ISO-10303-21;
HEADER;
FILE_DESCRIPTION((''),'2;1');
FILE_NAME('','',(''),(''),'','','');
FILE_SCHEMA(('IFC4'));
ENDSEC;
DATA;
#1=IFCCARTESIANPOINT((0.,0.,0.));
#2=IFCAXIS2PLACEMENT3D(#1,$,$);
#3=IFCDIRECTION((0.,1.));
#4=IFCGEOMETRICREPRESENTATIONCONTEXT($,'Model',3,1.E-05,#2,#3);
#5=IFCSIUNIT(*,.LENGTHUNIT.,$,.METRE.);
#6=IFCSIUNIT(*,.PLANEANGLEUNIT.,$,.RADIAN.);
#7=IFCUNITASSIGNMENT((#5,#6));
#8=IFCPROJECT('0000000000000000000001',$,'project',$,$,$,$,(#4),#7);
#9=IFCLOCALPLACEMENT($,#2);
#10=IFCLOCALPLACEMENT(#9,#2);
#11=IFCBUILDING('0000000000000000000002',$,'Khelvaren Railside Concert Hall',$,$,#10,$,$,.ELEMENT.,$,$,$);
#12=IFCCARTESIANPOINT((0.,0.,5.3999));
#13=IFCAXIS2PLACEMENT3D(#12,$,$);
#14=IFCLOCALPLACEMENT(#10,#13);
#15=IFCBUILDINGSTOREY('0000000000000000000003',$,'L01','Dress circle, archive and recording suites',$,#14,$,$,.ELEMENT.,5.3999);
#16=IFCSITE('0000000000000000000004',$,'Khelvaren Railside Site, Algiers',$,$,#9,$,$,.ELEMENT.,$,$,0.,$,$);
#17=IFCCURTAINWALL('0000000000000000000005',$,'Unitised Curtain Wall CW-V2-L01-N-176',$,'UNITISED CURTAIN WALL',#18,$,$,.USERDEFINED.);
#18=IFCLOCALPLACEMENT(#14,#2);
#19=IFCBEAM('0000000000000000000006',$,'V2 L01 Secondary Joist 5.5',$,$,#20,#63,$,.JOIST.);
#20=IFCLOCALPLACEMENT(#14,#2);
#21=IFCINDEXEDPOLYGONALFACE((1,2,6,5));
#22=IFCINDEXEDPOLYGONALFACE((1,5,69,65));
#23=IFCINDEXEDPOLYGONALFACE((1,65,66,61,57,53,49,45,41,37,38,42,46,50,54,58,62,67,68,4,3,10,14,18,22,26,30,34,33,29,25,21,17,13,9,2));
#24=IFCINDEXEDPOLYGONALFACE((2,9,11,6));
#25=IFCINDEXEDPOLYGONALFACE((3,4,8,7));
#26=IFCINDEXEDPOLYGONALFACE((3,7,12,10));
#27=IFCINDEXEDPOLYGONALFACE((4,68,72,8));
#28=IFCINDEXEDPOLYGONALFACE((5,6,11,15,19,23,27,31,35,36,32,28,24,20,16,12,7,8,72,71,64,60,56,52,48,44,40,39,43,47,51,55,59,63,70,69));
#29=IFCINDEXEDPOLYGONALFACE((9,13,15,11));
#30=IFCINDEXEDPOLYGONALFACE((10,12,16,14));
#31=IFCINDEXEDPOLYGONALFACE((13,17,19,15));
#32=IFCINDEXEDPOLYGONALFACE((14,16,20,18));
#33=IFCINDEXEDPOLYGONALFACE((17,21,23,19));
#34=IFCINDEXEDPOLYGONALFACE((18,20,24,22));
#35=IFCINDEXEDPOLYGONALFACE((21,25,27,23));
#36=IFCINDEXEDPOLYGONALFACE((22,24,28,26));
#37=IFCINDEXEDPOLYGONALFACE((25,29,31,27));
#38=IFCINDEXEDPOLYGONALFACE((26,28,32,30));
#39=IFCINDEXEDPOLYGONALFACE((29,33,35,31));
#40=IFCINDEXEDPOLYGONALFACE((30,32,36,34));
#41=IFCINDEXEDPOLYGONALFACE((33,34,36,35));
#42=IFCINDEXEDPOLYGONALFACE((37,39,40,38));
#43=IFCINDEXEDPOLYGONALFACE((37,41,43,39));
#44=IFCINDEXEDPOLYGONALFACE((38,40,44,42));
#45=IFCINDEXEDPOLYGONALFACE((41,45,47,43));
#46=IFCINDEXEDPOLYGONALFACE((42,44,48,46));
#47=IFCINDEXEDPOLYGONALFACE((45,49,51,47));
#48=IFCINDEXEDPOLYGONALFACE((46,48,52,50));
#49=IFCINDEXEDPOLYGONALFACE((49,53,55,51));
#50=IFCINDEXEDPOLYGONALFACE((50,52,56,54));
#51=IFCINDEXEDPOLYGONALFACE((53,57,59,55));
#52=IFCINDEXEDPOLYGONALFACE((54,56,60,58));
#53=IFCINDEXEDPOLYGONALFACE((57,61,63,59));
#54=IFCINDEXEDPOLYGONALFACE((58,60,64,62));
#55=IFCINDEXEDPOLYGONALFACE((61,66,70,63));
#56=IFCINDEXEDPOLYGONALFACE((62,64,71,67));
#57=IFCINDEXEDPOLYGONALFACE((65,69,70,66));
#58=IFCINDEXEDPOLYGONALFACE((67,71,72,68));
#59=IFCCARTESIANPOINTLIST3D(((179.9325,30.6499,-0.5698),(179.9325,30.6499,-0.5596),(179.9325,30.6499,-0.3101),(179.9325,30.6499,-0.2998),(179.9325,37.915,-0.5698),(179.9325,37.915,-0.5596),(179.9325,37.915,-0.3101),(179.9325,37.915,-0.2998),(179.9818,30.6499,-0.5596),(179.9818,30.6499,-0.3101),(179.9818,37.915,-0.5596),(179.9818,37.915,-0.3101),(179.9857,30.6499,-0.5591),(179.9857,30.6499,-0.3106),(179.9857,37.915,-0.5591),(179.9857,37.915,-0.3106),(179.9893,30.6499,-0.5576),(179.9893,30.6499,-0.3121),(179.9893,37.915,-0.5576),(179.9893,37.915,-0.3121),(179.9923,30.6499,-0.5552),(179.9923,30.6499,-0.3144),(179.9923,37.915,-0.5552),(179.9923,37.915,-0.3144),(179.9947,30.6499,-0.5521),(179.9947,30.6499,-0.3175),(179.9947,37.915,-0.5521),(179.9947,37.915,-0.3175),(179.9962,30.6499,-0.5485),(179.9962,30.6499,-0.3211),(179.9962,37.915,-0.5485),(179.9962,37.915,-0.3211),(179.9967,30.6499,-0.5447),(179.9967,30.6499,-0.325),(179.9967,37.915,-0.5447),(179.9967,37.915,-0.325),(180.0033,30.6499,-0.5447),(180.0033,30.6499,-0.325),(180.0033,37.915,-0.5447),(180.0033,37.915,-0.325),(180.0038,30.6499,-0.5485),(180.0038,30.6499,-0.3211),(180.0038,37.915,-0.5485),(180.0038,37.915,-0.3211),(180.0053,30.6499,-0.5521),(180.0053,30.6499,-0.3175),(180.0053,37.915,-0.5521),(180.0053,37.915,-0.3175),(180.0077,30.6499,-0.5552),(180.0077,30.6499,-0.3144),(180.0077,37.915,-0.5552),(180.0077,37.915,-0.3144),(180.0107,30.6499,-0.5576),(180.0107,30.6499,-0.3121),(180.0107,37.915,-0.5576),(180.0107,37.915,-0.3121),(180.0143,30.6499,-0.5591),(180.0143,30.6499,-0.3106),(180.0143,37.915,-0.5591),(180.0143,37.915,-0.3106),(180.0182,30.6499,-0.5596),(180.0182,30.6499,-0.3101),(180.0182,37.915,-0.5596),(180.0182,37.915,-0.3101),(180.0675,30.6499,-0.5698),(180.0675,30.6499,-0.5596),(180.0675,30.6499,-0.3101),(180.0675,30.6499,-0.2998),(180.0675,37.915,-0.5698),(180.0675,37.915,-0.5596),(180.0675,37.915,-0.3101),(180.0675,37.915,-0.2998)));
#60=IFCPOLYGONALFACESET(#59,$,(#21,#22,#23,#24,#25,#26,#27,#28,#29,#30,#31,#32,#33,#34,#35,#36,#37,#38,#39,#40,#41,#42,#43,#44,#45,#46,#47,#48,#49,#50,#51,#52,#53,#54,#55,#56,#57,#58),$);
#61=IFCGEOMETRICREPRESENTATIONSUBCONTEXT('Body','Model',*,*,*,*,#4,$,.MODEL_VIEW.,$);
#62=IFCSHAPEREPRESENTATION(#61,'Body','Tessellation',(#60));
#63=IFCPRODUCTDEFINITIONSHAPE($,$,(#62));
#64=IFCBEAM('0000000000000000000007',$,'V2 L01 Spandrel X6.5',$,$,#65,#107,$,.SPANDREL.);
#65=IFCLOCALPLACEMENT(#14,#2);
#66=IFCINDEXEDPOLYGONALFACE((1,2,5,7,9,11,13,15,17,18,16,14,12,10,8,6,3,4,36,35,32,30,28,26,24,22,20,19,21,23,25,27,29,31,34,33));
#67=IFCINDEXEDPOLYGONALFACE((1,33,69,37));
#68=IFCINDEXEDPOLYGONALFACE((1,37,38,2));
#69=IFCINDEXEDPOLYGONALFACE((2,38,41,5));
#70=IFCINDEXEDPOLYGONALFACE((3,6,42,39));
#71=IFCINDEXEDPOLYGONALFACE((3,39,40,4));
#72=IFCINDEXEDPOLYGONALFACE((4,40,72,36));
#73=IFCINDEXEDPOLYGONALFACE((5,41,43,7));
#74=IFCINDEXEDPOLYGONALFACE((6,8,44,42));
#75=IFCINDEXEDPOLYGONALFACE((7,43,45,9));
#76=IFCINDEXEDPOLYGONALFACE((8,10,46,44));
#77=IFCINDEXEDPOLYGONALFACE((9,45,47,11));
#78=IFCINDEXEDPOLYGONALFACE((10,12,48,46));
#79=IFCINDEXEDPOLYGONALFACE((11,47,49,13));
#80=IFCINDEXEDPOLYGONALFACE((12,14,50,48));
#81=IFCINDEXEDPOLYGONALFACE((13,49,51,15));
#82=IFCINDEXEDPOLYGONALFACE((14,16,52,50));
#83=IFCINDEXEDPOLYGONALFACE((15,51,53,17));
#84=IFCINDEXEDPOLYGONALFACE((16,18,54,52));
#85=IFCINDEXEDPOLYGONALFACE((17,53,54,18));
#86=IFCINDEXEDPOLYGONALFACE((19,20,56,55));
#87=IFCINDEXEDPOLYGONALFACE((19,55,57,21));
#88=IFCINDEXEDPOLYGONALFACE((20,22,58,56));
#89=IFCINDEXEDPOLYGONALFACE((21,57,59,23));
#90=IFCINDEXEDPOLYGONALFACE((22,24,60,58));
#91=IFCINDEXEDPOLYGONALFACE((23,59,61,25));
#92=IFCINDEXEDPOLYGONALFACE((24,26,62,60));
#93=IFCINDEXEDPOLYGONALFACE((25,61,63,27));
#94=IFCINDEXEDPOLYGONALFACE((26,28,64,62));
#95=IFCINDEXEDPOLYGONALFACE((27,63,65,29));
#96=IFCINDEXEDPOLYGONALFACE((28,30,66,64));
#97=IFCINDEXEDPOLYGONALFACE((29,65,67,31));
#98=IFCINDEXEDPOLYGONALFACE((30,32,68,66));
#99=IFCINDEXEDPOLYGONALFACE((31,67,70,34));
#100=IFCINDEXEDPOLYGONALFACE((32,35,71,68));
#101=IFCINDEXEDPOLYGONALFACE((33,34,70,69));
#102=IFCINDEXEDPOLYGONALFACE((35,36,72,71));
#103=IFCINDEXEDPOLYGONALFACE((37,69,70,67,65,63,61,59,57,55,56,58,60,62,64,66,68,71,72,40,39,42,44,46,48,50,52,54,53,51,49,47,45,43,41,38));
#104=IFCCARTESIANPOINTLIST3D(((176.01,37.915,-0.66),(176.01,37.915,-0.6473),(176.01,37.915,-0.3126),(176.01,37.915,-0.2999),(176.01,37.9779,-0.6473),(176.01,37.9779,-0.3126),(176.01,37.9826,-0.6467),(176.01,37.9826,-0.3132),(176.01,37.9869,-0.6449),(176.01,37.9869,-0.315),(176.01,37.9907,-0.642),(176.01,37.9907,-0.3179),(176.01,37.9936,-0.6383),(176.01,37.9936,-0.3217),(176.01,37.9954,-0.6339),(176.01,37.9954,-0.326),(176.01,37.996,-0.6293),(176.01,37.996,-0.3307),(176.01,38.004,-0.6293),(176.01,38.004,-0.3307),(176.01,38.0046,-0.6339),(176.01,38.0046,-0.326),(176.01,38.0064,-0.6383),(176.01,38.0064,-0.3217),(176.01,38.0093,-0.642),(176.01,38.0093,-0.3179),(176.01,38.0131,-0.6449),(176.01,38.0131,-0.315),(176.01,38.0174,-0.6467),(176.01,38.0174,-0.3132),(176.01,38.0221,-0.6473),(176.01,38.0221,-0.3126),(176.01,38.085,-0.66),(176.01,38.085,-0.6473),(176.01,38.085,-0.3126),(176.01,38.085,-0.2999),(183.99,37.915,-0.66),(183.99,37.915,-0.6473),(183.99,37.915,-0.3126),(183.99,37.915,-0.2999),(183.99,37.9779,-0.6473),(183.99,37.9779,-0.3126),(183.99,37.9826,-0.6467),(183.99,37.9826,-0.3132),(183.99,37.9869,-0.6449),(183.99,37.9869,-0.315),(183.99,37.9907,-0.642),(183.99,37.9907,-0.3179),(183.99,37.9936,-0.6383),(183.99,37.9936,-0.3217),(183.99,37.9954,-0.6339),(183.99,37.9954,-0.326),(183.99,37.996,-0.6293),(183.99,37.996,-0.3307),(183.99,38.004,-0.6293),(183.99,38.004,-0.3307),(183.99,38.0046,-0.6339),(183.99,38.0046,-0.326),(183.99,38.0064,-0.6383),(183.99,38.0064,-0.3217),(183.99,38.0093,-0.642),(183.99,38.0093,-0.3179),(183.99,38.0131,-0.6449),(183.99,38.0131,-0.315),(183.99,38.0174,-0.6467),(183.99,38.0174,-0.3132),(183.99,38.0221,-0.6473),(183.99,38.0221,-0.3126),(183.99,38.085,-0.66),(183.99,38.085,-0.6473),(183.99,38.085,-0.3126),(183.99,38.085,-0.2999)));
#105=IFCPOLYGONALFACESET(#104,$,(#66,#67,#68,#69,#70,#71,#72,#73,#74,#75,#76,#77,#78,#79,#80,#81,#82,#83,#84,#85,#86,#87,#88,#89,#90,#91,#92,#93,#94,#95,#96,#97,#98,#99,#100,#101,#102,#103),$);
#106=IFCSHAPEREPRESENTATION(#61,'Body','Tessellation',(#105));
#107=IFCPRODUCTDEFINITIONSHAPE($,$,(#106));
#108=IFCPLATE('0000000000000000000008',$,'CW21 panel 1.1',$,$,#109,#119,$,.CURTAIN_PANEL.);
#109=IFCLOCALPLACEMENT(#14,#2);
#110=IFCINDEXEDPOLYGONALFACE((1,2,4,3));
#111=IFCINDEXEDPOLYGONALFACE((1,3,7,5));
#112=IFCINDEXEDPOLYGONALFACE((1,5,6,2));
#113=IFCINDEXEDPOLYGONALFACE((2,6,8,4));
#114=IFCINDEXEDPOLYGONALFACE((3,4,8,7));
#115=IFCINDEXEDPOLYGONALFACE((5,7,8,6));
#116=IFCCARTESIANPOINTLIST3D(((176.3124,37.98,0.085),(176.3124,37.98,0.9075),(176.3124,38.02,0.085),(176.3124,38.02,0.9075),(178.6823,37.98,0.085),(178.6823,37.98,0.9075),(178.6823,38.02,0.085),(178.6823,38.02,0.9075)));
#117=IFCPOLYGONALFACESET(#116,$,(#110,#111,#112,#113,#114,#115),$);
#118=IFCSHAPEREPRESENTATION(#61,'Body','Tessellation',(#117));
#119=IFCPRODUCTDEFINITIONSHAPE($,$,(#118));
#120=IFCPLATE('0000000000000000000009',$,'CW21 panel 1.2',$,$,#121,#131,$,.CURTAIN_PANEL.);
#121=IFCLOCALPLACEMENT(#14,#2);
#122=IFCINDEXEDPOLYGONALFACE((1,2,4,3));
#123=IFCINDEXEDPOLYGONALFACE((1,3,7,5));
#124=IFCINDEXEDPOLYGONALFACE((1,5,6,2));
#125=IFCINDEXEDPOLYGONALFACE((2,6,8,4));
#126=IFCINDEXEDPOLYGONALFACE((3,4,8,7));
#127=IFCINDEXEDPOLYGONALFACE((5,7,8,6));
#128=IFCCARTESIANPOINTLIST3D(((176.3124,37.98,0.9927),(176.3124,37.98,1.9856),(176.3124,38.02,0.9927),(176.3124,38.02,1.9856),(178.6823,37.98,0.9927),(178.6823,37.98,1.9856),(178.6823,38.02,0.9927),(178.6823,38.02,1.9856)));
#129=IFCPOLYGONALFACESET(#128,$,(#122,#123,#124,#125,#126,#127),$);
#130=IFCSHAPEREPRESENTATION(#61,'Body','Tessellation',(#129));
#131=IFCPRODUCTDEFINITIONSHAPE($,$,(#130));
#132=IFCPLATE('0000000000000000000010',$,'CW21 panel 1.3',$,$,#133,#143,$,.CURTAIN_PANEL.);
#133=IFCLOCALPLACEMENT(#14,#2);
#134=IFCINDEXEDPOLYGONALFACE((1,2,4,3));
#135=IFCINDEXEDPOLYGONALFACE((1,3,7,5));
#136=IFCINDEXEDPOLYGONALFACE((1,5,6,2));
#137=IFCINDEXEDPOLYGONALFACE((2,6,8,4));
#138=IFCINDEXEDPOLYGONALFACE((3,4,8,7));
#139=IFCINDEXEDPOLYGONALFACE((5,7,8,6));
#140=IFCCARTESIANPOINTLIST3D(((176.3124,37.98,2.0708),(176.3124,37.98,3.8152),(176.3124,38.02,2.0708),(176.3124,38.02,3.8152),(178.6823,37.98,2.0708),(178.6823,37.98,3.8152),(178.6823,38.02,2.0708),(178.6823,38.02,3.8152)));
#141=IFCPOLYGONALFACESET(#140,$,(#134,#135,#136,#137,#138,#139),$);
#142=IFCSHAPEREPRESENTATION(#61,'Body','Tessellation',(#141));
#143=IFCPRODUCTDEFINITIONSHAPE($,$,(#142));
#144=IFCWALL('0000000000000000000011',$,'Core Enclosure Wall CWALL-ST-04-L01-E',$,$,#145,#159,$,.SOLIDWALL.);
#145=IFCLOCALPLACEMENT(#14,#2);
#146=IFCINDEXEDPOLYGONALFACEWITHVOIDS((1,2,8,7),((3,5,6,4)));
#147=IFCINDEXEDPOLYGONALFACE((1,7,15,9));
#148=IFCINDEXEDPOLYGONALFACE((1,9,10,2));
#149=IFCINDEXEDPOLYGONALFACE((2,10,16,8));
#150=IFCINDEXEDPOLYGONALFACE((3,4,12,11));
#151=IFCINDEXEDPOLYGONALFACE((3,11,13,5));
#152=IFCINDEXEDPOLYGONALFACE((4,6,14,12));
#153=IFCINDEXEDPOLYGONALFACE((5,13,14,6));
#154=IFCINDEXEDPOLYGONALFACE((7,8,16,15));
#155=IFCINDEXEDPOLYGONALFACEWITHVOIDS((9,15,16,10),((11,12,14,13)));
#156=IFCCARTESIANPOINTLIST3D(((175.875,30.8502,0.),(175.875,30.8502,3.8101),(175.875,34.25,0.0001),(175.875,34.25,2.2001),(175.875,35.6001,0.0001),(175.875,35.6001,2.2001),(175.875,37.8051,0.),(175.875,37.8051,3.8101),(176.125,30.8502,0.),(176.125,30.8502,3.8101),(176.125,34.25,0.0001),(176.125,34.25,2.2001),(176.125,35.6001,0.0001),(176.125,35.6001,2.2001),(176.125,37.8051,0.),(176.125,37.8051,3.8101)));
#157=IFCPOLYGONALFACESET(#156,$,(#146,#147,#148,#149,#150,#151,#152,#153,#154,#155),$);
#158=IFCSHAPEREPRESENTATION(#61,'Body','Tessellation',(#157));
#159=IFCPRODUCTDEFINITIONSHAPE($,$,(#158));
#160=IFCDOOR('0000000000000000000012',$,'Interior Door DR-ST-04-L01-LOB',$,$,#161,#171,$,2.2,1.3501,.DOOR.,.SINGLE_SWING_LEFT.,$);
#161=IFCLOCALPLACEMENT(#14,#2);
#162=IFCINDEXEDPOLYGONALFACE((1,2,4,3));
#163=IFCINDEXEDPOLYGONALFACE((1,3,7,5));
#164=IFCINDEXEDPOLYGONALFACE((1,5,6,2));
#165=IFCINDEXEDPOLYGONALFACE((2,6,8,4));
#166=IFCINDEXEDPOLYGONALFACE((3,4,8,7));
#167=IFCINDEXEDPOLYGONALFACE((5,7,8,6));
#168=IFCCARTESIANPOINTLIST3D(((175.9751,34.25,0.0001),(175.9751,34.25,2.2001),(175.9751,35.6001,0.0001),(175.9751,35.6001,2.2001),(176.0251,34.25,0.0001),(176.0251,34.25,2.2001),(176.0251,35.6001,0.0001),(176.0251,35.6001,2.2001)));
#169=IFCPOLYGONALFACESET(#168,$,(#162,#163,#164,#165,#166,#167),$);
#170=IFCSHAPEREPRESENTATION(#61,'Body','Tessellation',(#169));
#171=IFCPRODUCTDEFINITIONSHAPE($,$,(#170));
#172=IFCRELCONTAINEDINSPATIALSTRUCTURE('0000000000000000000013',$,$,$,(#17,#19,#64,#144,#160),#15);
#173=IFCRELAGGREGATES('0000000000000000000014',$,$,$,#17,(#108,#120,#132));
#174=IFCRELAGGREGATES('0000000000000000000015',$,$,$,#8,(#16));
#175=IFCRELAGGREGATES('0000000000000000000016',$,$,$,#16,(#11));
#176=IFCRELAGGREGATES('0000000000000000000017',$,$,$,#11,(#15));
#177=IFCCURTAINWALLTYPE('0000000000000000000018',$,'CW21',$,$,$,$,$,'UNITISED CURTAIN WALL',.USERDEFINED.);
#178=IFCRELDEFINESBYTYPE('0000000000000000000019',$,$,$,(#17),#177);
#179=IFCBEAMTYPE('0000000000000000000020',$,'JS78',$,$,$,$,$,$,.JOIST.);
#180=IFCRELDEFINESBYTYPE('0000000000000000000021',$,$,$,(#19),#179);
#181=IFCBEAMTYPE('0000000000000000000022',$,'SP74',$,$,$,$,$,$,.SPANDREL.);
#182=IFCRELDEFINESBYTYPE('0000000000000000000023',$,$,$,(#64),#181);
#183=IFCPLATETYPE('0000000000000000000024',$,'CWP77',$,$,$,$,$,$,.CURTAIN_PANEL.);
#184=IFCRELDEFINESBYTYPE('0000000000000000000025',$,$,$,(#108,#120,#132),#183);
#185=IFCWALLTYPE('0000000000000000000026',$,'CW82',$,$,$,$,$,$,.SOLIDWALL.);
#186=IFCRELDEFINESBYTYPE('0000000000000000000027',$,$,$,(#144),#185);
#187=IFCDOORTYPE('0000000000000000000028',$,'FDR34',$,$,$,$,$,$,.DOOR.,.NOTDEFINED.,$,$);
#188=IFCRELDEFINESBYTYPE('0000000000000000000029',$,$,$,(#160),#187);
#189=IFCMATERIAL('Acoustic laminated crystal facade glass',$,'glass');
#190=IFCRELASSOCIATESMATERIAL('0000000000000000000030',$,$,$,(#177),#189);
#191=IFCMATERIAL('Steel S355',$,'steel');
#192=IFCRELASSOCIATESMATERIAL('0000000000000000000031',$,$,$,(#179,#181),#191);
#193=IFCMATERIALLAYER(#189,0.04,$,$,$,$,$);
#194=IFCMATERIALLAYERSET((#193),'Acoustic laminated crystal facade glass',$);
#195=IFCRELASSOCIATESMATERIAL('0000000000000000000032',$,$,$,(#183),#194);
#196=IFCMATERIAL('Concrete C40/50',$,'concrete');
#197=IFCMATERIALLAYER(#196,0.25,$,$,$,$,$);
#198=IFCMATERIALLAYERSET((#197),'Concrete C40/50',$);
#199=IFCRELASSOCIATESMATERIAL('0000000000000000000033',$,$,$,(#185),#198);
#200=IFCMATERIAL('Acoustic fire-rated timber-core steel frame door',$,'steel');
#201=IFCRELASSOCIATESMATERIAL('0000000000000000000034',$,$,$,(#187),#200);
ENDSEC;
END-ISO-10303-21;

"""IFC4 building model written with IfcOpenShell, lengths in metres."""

from ifc_helpers import new_model, si_unit, direction, frame, frame_2d, origin, origin_2d, place, context, subcontext, project, spatial, rectangle, i_section, extrude, material, layer, layer_set, material_profile, profile_set, type_object, element, fill, aggregate, save


model = new_model("IFC4")

# Units and contexts
model_context = context("Model", 3, precision=1e-05, world=origin(), true_north=direction((0.0, 1.0)))
body_context = subcontext(model_context, "Body", "Model", "MODEL_VIEW")
ifc_project = project(units=[si_unit("LENGTHUNIT", "METRE"), si_unit("PLANEANGLEUNIT", "RADIAN")], contexts=[model_context])

# Site, building, storey
site_placement = place(None, origin())
site = spatial("IfcSite", under=ifc_project, at=site_placement, Name="Khelvaren Railside Site, Algiers", CompositionType="ELEMENT", RefElevation=0.0)
building_placement = place(site_placement, origin())
building = spatial("IfcBuilding", under=site, at=building_placement, Name="Khelvaren Railside Concert Hall", CompositionType="ELEMENT")
storey_placement = place(building_placement, frame((0.0, 0.0, 5.3999)))
storey = spatial("IfcBuildingStorey", under=building, at=storey_placement, Name="L01", Description="Dress circle, archive and recording suites", CompositionType="ELEMENT", Elevation=5.3999)

# Shared definitions
ifc_material_1 = material(Name="Steel S355", Category="steel")

# Curtain wall
ifc_material_2 = material(Name="Acoustic laminated crystal facade glass", Category="glass")
curtain_wall_type = type_object("IfcCurtainWallType", Name="CW21", ElementType="UNITISED CURTAIN WALL", PredefinedType="USERDEFINED", material=ifc_material_2)
curtain_wall_placement = place(storey_placement, origin())
curtain_wall = element("IfcCurtainWall", 1, at=curtain_wall_placement, inside=storey, type_object=curtain_wall_type, Name="Unitised Curtain Wall CW-V2-L01-N-176", ObjectType="UNITISED CURTAIN WALL", PredefinedType="USERDEFINED")

# Beams
ifc_material_profile_1 = material_profile(ifc_material_1, i_section(OverallWidth=0.135, OverallDepth=0.27, WebThickness=0.0066, FlangeThickness=0.0103, FilletRadius=0.0149, at=origin_2d()), Name="IPE 270")
ifc_profile_set_1 = profile_set([ifc_material_profile_1], Name="Steel S355")
beam_type_1 = type_object("IfcBeamType", Name="JS78", PredefinedType="JOIST", material=ifc_profile_set_1)
beam_1_placement = place(storey_placement, frame((180.0, 30.6499, -0.4348), z_axis=(0.0, 1.0, 0.0), x_axis=(-1.0, 0.0, 0.0)))
element("IfcBeam", 2, at=beam_1_placement, inside=storey, type_object=beam_type_1, Name="V2 L01 Secondary Joist 5.5", PredefinedType="JOIST", context=body_context, shape_type="SweptSolid", body=[
    extrude(i_section(OverallWidth=0.135, OverallDepth=0.27, WebThickness=0.0066, FlangeThickness=0.0103, FilletRadius=0.0149, at=origin_2d()), origin(), (0.0, 0.0, 1.0), 7.2651),
])
ifc_material_profile_2 = material_profile(ifc_material_1, i_section(OverallWidth=0.1699, OverallDepth=0.3601, WebThickness=0.0081, FlangeThickness=0.0127, FilletRadius=0.0181, at=origin_2d()), Name="IPE 360")
ifc_profile_set_2 = profile_set([ifc_material_profile_2], Name="Steel S355")
beam_type_2 = type_object("IfcBeamType", Name="SP74", PredefinedType="SPANDREL", material=ifc_profile_set_2)
beam_2_placement = place(storey_placement, frame((176.01, 38.0, -0.48), z_axis=(1.0, 0.0, 0.0), x_axis=(0.0, 1.0, 0.0)))
element("IfcBeam", 3, at=beam_2_placement, inside=storey, type_object=beam_type_2, Name="V2 L01 Spandrel X6.5", PredefinedType="SPANDREL", context=body_context, shape_type="SweptSolid", body=[
    extrude(i_section(OverallWidth=0.1699, OverallDepth=0.3601, WebThickness=0.0081, FlangeThickness=0.0127, FilletRadius=0.0181, at=origin_2d()), origin(), (0.0, 0.0, 1.0), 7.98),
])

# Plates
ifc_layer_1 = layer(ifc_material_2, 0.04)
ifc_layer_set_1 = layer_set([ifc_layer_1], Name="Acoustic laminated crystal facade glass")
plate_type = type_object("IfcPlateType", Name="CWP77", PredefinedType="CURTAIN_PANEL", material=ifc_layer_set_1)
plate_1_placement = place(storey_placement, frame((177.4973, 38.0, 0.085), z_axis=(0.0, 0.0, 1.0), x_axis=(1.0, 0.0, 0.0)))
plate_1 = element("IfcPlate", 4, at=plate_1_placement, type_object=plate_type, Name="CW21 panel 1.1", PredefinedType="CURTAIN_PANEL", context=body_context, shape_type="SweptSolid", body=[
    extrude(rectangle(XDim=2.3699, YDim=0.04, at=origin_2d()), origin(), (0.0, 0.0, 1.0), 0.8225),
])
plate_2_placement = place(storey_placement, frame((177.4973, 38.0, 0.9927), z_axis=(0.0, 0.0, 1.0), x_axis=(1.0, 0.0, 0.0)))
plate_2 = element("IfcPlate", 5, at=plate_2_placement, type_object=plate_type, Name="CW21 panel 1.2", PredefinedType="CURTAIN_PANEL", context=body_context, shape_type="SweptSolid", body=[
    extrude(rectangle(XDim=2.3699, YDim=0.04, at=origin_2d()), origin(), (0.0, 0.0, 1.0), 0.9929),
])
plate_3_placement = place(storey_placement, frame((177.4973, 38.0, 2.0708), z_axis=(0.0, 0.0, 1.0), x_axis=(1.0, 0.0, 0.0)))
plate_3 = element("IfcPlate", 6, at=plate_3_placement, type_object=plate_type, Name="CW21 panel 1.3", PredefinedType="CURTAIN_PANEL", context=body_context, shape_type="SweptSolid", body=[
    extrude(rectangle(XDim=2.3699, YDim=0.04, at=origin_2d()), origin(), (0.0, 0.0, 1.0), 1.7444),
])
aggregate(curtain_wall, [plate_1, plate_2, plate_3])

# Wall, opening, door
ifc_material_3 = material(Name="Concrete C40/50", Category="concrete")
ifc_layer_2 = layer(ifc_material_3, 0.25)
ifc_layer_set_2 = layer_set([ifc_layer_2], Name="Concrete C40/50")
wall_type_1 = type_object("IfcWallType", Name="CW82", PredefinedType="SOLIDWALL", material=ifc_layer_set_2)
wall_1_placement = place(storey_placement, frame((176.0, 30.8501, 0.0), z_axis=(0.0, 0.0, 1.0), x_axis=(0.0, 1.0, 0.0)))
wall_1 = element("IfcWall", 7, at=wall_1_placement, inside=storey, type_object=wall_type_1, Name="Core Enclosure Wall CWALL-ST-04-L01-E", PredefinedType="SOLIDWALL", context=body_context, shape_type="SweptSolid", body=[
    extrude(rectangle(XDim=6.9548, YDim=0.25, at=frame_2d((3.4775, 0.0))), origin(), (0.0, 0.0, 1.0), 3.8101),
])
opening_1_placement = place(wall_1_placement, frame((3.3999, 0.0, 0.0)))
opening_1 = element("IfcOpeningElement", 8, at=opening_1_placement, cuts=wall_1, PredefinedType="OPENING", context=body_context, shape_type="SweptSolid", body=[
    extrude(rectangle(XDim=1.3501, YDim=2.2, at=frame_2d((0.675, 1.1001))), frame((0.0, 0.135, 0.0), z_axis=(0.0, -1.0, 0.0), x_axis=(1.0, 0.0, 0.0)), (0.0, 0.0, 1.0), 0.27),
])
ifc_material_4 = material(Name="Acoustic fire-rated timber-core steel frame door", Category="steel")
door_type_1 = type_object("IfcDoorType", Name="FDR34", OperationType="NOTDEFINED", PredefinedType="DOOR", material=ifc_material_4)
door_1_placement = place(opening_1_placement, origin())
door_1 = element("IfcDoor", 9, at=door_1_placement, inside=storey, type_object=door_type_1, Name="Interior Door DR-ST-04-L01-LOB", OperationType="SINGLE_SWING_LEFT", OverallHeight=2.2, OverallWidth=1.3501, PredefinedType="DOOR", context=body_context, shape_type="SweptSolid", body=[
    extrude(rectangle(XDim=1.3501, YDim=2.2, at=frame_2d((0.675, 1.1001))), frame((0.0, 0.0249, 0.0), z_axis=(0.0, -1.0, 0.0), x_axis=(1.0, 0.0, 0.0)), (0.0, 0.0, 1.0), 0.05),
])
fill(opening_1, door_1)

save(model, "model.ifc")
